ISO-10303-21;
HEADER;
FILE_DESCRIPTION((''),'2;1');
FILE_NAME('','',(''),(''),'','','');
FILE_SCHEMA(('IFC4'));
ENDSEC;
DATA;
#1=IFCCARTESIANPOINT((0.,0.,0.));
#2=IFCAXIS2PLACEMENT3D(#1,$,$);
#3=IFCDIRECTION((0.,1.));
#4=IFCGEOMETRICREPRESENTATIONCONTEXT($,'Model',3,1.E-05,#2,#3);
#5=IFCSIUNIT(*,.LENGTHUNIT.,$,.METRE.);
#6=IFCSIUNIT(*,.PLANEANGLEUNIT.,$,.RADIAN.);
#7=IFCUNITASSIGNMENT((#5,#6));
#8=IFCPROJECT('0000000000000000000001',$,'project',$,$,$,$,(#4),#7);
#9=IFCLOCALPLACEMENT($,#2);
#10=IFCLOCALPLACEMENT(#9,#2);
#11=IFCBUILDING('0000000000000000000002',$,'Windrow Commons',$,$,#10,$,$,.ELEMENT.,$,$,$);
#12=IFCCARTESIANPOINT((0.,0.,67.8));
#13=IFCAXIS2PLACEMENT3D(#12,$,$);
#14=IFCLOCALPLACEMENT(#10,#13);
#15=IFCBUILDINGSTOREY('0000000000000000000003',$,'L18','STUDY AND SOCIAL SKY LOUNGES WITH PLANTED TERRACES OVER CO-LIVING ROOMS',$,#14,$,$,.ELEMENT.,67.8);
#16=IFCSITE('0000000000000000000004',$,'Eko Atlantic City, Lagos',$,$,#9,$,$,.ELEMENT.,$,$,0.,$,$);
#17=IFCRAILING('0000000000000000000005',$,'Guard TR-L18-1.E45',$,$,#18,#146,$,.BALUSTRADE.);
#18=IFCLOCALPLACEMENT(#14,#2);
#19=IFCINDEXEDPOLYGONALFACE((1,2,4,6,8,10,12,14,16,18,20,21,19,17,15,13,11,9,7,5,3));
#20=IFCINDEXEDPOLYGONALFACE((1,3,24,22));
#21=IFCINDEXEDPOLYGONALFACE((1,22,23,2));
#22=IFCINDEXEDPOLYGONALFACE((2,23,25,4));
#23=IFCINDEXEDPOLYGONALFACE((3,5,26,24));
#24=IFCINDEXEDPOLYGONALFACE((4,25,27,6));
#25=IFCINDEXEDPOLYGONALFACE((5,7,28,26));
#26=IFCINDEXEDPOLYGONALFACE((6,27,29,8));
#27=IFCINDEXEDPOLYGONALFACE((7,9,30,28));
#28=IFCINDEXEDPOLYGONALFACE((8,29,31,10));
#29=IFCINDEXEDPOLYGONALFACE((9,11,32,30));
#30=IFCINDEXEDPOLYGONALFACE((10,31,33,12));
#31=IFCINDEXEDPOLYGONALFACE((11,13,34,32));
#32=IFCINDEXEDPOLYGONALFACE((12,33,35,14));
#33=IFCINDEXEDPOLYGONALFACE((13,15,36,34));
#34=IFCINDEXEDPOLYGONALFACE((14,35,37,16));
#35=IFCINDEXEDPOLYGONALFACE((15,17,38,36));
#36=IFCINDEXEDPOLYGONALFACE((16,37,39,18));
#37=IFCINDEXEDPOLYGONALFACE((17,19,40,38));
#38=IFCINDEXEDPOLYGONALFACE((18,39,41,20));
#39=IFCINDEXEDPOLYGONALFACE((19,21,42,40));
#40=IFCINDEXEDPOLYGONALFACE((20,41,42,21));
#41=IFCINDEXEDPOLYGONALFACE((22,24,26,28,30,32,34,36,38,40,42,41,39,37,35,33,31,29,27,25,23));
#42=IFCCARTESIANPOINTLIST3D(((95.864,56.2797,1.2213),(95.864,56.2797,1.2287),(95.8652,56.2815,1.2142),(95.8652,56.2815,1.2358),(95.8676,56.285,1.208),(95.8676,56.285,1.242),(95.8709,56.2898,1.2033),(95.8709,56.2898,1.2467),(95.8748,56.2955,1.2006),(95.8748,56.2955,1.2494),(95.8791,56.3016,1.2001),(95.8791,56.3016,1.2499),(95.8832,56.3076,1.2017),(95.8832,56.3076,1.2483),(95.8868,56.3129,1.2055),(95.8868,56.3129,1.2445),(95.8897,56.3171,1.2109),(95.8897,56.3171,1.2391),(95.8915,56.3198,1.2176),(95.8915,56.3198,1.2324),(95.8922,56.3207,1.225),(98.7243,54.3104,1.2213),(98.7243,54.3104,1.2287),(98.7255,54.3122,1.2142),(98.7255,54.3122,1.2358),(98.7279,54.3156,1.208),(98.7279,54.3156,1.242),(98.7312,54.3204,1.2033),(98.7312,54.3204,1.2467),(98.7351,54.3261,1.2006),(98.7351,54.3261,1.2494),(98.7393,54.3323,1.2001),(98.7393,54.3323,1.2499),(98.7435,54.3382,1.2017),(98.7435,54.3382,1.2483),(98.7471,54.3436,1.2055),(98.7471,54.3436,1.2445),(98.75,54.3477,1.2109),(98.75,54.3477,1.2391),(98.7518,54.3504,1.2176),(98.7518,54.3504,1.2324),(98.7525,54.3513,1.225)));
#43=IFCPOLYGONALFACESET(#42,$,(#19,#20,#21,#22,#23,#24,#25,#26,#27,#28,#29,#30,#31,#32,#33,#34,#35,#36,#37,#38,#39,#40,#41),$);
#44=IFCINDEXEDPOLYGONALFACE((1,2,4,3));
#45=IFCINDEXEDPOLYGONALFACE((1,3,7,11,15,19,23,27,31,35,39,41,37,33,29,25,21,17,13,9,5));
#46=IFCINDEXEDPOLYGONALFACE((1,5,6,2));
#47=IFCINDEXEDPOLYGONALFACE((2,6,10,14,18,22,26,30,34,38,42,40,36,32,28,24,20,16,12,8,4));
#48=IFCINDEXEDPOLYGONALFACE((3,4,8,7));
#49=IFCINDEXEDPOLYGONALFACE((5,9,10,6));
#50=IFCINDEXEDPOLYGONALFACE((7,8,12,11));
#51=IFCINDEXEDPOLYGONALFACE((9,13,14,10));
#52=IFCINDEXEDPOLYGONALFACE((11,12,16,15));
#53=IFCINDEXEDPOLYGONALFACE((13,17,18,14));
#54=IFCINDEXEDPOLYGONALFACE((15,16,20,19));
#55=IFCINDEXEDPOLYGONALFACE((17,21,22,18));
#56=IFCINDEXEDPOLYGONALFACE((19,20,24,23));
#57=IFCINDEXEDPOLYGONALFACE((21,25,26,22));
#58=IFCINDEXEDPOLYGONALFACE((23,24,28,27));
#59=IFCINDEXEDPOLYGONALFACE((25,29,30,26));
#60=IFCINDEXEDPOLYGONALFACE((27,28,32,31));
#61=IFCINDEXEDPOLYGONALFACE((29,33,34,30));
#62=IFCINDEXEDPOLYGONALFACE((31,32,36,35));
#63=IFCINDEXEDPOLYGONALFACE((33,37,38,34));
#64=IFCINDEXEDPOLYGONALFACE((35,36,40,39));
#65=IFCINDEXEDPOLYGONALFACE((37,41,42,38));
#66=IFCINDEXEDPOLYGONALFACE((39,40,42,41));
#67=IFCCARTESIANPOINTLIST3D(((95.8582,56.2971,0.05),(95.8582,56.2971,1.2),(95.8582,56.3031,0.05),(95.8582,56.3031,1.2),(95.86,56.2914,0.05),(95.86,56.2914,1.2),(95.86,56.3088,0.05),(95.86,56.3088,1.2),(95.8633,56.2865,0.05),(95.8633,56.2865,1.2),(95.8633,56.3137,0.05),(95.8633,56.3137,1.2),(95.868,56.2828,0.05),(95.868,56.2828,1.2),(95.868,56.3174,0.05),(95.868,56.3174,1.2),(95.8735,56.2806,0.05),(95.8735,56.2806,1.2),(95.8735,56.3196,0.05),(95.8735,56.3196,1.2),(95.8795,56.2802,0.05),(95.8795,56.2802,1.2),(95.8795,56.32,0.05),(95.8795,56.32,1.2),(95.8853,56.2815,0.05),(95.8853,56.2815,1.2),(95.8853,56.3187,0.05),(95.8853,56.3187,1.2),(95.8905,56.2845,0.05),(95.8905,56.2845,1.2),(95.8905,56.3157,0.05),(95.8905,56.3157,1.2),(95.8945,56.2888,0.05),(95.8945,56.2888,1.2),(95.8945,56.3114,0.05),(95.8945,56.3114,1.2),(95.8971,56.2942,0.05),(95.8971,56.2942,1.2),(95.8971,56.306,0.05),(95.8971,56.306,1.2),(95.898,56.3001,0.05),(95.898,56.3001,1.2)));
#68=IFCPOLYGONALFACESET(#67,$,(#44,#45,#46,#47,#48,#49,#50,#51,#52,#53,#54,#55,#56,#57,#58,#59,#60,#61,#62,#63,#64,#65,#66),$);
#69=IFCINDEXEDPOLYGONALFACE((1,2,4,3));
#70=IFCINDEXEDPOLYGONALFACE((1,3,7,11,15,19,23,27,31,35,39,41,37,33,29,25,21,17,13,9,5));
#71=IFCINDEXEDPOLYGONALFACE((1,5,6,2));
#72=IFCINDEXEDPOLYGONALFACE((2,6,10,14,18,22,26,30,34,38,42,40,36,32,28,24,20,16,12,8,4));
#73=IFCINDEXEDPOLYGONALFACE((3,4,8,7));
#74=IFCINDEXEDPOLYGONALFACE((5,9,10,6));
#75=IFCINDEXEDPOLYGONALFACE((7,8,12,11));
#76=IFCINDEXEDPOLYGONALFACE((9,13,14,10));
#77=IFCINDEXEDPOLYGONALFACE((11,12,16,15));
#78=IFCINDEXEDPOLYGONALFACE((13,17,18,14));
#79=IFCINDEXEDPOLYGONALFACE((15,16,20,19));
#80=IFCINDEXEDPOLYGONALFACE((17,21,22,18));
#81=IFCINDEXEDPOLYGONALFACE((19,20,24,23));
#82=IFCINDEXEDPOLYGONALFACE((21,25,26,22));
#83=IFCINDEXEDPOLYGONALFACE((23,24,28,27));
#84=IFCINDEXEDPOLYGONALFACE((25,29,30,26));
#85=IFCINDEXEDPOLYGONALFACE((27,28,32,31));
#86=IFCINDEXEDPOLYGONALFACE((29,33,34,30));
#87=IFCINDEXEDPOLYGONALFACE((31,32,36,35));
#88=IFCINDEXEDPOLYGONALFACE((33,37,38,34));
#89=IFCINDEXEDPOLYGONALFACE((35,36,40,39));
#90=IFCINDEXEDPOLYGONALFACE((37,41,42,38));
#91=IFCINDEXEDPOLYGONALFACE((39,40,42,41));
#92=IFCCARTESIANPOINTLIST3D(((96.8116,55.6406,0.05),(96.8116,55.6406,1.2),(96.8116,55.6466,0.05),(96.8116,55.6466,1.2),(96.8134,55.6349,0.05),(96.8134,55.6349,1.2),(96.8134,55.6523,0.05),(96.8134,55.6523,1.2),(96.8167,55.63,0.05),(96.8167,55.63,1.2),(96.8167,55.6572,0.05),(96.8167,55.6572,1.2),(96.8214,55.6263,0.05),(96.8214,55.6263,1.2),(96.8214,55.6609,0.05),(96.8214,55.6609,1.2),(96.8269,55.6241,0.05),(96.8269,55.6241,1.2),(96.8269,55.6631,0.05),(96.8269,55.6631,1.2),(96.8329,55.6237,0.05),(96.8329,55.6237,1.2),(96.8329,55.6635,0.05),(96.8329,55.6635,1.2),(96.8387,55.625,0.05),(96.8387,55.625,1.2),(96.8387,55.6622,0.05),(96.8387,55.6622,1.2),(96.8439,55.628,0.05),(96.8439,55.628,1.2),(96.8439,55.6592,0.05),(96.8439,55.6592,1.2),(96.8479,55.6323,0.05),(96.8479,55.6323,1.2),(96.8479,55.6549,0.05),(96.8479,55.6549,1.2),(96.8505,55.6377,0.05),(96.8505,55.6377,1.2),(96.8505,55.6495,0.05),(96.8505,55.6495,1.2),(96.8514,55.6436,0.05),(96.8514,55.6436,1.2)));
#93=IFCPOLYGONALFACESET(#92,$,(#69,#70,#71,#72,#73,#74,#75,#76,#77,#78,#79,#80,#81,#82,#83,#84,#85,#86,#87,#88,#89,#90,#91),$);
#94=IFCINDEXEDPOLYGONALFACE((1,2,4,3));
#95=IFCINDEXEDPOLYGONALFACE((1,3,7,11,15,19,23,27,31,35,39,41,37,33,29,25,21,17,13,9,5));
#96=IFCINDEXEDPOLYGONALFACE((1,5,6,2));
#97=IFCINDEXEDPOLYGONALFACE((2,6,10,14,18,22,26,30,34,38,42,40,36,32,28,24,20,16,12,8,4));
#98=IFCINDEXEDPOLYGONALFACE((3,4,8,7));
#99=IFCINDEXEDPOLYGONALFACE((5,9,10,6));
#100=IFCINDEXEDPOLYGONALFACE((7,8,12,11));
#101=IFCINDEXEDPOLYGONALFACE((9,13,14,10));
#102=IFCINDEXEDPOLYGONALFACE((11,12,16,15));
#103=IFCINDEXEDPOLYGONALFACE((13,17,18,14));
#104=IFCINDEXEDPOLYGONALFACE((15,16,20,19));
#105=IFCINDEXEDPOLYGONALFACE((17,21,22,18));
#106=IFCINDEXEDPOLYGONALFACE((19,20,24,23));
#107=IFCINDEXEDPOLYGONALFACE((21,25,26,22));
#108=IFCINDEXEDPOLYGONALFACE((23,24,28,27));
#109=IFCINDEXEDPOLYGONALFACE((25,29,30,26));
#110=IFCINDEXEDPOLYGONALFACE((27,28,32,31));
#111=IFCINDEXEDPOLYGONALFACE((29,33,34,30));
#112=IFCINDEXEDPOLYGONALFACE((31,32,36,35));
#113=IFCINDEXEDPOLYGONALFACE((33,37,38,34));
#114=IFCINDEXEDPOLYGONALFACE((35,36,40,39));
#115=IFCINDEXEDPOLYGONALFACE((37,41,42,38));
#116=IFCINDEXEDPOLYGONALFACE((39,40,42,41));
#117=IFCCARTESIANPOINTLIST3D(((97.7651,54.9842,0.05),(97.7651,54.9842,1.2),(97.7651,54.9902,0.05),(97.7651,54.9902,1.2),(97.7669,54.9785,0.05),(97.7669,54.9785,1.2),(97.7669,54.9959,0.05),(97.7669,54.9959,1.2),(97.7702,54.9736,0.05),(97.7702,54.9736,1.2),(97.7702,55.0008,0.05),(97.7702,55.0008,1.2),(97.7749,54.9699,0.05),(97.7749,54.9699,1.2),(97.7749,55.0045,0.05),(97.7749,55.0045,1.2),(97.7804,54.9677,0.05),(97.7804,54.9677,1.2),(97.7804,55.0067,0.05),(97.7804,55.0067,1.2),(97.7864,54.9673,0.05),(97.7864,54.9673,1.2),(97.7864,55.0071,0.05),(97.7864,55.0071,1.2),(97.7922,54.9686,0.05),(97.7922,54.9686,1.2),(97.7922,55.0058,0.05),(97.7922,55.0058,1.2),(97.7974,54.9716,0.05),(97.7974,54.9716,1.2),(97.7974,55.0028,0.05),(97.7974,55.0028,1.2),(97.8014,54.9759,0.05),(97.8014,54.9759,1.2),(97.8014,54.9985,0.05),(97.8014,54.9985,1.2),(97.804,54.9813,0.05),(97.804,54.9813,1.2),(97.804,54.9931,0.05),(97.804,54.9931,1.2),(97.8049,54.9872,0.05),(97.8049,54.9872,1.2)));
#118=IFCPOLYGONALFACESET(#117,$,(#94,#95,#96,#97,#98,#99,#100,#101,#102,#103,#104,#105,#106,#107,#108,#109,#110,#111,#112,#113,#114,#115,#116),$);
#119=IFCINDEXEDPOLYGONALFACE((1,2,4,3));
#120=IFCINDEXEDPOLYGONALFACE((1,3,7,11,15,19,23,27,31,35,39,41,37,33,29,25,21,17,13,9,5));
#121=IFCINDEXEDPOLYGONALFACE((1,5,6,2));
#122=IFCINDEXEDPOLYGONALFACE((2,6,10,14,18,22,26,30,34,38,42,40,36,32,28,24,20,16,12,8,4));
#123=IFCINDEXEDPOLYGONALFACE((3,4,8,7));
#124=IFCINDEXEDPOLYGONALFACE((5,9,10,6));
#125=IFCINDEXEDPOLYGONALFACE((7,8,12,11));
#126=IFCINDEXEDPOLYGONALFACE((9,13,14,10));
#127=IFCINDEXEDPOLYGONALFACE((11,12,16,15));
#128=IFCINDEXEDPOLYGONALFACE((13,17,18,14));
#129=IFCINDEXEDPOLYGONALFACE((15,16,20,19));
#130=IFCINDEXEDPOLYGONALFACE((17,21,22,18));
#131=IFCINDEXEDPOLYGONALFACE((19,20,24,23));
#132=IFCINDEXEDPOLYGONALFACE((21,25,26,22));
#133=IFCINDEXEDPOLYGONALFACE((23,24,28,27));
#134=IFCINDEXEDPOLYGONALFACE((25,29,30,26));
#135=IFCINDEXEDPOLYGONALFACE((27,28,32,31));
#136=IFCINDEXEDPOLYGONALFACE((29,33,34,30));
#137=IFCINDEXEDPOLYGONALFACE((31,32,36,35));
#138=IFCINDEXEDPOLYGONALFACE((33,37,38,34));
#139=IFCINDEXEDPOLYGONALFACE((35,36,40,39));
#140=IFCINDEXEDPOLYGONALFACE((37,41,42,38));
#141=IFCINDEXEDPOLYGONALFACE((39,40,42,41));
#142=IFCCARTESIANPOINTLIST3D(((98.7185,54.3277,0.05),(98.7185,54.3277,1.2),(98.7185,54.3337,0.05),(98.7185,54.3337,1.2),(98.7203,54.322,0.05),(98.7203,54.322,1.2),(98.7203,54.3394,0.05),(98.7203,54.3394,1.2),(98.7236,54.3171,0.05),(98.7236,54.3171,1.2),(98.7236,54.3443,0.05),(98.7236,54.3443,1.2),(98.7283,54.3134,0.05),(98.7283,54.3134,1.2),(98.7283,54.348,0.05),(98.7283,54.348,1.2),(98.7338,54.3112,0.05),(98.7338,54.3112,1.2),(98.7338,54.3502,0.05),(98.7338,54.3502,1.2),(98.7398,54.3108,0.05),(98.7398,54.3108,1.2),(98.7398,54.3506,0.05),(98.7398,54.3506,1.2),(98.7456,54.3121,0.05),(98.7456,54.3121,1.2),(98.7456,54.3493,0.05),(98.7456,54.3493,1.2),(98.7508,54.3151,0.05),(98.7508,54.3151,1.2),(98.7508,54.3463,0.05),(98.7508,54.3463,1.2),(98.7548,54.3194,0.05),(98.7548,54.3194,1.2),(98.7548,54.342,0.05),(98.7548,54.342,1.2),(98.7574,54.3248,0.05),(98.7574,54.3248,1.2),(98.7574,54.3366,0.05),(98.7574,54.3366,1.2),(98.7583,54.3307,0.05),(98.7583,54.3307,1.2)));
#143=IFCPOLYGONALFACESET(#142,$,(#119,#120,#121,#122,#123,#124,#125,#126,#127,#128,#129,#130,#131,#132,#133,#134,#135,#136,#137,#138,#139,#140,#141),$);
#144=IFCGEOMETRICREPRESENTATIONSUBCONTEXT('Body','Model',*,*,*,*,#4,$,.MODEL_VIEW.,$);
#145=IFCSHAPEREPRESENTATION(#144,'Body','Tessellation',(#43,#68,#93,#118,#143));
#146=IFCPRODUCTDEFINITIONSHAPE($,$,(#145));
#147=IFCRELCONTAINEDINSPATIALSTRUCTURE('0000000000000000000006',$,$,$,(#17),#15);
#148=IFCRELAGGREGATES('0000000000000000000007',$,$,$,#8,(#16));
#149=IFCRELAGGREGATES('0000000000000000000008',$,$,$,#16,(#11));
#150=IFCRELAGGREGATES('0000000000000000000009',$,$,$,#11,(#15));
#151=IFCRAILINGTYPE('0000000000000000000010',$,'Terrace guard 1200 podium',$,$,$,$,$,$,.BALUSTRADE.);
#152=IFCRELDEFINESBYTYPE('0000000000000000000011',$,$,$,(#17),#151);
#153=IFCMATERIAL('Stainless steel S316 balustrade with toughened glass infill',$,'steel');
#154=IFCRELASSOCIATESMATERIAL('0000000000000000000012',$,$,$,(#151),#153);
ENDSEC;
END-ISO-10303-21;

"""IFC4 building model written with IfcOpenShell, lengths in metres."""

from ifc_helpers import new_model, si_unit, direction, frame, origin, origin_2d, place, context, subcontext, project, spatial, circle, extrude, material, type_object, element, save


model = new_model("IFC4")

# Units and contexts
model_context = context("Model", 3, precision=1e-05, world=origin(), true_north=direction((0.0, 1.0)))
body_context = subcontext(model_context, "Body", "Model", "MODEL_VIEW")
ifc_project = project(units=[si_unit("LENGTHUNIT", "METRE"), si_unit("PLANEANGLEUNIT", "RADIAN")], contexts=[model_context])

# Site, building, storey
site_placement = place(None, origin())
site = spatial("IfcSite", under=ifc_project, at=site_placement, Name="Eko Atlantic City, Lagos", CompositionType="ELEMENT", RefElevation=0.0)
building_placement = place(site_placement, origin())
building = spatial("IfcBuilding", under=site, at=building_placement, Name="Windrow Commons", CompositionType="ELEMENT")
storey_placement = place(building_placement, frame((0.0, 0.0, 67.8)))
storey = spatial("IfcBuildingStorey", under=building, at=storey_placement, Name="L18", Description="STUDY AND SOCIAL SKY LOUNGES WITH PLANTED TERRACES OVER CO-LIVING ROOMS", CompositionType="ELEMENT", Elevation=67.8)

# Railing
ifc_material_1 = material(Name="Stainless steel S316 balustrade with toughened glass infill", Category="steel")
railing_type_1 = type_object("IfcRailingType", Name="Terrace guard 1200 podium", PredefinedType="BALUSTRADE", material=ifc_material_1)
railing_1_placement = place(storey_placement, frame((95.878, 56.3001, 0.05)))
element("IfcRailing", 1, at=railing_1_placement, inside=storey, type_object=railing_type_1, Name="Guard TR-L18-1.E45", PredefinedType="BALUSTRADE", context=body_context, shape_type="SweptSolid", body=[
    extrude(circle(Radius=0.025, at=origin_2d()), frame((0.0, 0.0, 1.175), z_axis=(0.823646, -0.567104, 0.0), x_axis=(0.567104, 0.823646, 0.0)), (0.0, 0.0, 1.0), 3.4727),
    extrude(circle(Radius=0.02, at=origin_2d()), origin(), (0.0, 0.0, 1.0), 1.15),
    extrude(circle(Radius=0.02, at=origin_2d()), frame((0.9534, -0.6565, 0.0)), (0.0, 0.0, 1.0), 1.15),
    extrude(circle(Radius=0.02, at=origin_2d()), frame((1.9069, -1.3129, 0.0)), (0.0, 0.0, 1.0), 1.15),
    extrude(circle(Radius=0.02, at=origin_2d()), frame((2.8603, -1.9694, 0.0)), (0.0, 0.0, 1.0), 1.15),
])

save(model, "model.ifc")
